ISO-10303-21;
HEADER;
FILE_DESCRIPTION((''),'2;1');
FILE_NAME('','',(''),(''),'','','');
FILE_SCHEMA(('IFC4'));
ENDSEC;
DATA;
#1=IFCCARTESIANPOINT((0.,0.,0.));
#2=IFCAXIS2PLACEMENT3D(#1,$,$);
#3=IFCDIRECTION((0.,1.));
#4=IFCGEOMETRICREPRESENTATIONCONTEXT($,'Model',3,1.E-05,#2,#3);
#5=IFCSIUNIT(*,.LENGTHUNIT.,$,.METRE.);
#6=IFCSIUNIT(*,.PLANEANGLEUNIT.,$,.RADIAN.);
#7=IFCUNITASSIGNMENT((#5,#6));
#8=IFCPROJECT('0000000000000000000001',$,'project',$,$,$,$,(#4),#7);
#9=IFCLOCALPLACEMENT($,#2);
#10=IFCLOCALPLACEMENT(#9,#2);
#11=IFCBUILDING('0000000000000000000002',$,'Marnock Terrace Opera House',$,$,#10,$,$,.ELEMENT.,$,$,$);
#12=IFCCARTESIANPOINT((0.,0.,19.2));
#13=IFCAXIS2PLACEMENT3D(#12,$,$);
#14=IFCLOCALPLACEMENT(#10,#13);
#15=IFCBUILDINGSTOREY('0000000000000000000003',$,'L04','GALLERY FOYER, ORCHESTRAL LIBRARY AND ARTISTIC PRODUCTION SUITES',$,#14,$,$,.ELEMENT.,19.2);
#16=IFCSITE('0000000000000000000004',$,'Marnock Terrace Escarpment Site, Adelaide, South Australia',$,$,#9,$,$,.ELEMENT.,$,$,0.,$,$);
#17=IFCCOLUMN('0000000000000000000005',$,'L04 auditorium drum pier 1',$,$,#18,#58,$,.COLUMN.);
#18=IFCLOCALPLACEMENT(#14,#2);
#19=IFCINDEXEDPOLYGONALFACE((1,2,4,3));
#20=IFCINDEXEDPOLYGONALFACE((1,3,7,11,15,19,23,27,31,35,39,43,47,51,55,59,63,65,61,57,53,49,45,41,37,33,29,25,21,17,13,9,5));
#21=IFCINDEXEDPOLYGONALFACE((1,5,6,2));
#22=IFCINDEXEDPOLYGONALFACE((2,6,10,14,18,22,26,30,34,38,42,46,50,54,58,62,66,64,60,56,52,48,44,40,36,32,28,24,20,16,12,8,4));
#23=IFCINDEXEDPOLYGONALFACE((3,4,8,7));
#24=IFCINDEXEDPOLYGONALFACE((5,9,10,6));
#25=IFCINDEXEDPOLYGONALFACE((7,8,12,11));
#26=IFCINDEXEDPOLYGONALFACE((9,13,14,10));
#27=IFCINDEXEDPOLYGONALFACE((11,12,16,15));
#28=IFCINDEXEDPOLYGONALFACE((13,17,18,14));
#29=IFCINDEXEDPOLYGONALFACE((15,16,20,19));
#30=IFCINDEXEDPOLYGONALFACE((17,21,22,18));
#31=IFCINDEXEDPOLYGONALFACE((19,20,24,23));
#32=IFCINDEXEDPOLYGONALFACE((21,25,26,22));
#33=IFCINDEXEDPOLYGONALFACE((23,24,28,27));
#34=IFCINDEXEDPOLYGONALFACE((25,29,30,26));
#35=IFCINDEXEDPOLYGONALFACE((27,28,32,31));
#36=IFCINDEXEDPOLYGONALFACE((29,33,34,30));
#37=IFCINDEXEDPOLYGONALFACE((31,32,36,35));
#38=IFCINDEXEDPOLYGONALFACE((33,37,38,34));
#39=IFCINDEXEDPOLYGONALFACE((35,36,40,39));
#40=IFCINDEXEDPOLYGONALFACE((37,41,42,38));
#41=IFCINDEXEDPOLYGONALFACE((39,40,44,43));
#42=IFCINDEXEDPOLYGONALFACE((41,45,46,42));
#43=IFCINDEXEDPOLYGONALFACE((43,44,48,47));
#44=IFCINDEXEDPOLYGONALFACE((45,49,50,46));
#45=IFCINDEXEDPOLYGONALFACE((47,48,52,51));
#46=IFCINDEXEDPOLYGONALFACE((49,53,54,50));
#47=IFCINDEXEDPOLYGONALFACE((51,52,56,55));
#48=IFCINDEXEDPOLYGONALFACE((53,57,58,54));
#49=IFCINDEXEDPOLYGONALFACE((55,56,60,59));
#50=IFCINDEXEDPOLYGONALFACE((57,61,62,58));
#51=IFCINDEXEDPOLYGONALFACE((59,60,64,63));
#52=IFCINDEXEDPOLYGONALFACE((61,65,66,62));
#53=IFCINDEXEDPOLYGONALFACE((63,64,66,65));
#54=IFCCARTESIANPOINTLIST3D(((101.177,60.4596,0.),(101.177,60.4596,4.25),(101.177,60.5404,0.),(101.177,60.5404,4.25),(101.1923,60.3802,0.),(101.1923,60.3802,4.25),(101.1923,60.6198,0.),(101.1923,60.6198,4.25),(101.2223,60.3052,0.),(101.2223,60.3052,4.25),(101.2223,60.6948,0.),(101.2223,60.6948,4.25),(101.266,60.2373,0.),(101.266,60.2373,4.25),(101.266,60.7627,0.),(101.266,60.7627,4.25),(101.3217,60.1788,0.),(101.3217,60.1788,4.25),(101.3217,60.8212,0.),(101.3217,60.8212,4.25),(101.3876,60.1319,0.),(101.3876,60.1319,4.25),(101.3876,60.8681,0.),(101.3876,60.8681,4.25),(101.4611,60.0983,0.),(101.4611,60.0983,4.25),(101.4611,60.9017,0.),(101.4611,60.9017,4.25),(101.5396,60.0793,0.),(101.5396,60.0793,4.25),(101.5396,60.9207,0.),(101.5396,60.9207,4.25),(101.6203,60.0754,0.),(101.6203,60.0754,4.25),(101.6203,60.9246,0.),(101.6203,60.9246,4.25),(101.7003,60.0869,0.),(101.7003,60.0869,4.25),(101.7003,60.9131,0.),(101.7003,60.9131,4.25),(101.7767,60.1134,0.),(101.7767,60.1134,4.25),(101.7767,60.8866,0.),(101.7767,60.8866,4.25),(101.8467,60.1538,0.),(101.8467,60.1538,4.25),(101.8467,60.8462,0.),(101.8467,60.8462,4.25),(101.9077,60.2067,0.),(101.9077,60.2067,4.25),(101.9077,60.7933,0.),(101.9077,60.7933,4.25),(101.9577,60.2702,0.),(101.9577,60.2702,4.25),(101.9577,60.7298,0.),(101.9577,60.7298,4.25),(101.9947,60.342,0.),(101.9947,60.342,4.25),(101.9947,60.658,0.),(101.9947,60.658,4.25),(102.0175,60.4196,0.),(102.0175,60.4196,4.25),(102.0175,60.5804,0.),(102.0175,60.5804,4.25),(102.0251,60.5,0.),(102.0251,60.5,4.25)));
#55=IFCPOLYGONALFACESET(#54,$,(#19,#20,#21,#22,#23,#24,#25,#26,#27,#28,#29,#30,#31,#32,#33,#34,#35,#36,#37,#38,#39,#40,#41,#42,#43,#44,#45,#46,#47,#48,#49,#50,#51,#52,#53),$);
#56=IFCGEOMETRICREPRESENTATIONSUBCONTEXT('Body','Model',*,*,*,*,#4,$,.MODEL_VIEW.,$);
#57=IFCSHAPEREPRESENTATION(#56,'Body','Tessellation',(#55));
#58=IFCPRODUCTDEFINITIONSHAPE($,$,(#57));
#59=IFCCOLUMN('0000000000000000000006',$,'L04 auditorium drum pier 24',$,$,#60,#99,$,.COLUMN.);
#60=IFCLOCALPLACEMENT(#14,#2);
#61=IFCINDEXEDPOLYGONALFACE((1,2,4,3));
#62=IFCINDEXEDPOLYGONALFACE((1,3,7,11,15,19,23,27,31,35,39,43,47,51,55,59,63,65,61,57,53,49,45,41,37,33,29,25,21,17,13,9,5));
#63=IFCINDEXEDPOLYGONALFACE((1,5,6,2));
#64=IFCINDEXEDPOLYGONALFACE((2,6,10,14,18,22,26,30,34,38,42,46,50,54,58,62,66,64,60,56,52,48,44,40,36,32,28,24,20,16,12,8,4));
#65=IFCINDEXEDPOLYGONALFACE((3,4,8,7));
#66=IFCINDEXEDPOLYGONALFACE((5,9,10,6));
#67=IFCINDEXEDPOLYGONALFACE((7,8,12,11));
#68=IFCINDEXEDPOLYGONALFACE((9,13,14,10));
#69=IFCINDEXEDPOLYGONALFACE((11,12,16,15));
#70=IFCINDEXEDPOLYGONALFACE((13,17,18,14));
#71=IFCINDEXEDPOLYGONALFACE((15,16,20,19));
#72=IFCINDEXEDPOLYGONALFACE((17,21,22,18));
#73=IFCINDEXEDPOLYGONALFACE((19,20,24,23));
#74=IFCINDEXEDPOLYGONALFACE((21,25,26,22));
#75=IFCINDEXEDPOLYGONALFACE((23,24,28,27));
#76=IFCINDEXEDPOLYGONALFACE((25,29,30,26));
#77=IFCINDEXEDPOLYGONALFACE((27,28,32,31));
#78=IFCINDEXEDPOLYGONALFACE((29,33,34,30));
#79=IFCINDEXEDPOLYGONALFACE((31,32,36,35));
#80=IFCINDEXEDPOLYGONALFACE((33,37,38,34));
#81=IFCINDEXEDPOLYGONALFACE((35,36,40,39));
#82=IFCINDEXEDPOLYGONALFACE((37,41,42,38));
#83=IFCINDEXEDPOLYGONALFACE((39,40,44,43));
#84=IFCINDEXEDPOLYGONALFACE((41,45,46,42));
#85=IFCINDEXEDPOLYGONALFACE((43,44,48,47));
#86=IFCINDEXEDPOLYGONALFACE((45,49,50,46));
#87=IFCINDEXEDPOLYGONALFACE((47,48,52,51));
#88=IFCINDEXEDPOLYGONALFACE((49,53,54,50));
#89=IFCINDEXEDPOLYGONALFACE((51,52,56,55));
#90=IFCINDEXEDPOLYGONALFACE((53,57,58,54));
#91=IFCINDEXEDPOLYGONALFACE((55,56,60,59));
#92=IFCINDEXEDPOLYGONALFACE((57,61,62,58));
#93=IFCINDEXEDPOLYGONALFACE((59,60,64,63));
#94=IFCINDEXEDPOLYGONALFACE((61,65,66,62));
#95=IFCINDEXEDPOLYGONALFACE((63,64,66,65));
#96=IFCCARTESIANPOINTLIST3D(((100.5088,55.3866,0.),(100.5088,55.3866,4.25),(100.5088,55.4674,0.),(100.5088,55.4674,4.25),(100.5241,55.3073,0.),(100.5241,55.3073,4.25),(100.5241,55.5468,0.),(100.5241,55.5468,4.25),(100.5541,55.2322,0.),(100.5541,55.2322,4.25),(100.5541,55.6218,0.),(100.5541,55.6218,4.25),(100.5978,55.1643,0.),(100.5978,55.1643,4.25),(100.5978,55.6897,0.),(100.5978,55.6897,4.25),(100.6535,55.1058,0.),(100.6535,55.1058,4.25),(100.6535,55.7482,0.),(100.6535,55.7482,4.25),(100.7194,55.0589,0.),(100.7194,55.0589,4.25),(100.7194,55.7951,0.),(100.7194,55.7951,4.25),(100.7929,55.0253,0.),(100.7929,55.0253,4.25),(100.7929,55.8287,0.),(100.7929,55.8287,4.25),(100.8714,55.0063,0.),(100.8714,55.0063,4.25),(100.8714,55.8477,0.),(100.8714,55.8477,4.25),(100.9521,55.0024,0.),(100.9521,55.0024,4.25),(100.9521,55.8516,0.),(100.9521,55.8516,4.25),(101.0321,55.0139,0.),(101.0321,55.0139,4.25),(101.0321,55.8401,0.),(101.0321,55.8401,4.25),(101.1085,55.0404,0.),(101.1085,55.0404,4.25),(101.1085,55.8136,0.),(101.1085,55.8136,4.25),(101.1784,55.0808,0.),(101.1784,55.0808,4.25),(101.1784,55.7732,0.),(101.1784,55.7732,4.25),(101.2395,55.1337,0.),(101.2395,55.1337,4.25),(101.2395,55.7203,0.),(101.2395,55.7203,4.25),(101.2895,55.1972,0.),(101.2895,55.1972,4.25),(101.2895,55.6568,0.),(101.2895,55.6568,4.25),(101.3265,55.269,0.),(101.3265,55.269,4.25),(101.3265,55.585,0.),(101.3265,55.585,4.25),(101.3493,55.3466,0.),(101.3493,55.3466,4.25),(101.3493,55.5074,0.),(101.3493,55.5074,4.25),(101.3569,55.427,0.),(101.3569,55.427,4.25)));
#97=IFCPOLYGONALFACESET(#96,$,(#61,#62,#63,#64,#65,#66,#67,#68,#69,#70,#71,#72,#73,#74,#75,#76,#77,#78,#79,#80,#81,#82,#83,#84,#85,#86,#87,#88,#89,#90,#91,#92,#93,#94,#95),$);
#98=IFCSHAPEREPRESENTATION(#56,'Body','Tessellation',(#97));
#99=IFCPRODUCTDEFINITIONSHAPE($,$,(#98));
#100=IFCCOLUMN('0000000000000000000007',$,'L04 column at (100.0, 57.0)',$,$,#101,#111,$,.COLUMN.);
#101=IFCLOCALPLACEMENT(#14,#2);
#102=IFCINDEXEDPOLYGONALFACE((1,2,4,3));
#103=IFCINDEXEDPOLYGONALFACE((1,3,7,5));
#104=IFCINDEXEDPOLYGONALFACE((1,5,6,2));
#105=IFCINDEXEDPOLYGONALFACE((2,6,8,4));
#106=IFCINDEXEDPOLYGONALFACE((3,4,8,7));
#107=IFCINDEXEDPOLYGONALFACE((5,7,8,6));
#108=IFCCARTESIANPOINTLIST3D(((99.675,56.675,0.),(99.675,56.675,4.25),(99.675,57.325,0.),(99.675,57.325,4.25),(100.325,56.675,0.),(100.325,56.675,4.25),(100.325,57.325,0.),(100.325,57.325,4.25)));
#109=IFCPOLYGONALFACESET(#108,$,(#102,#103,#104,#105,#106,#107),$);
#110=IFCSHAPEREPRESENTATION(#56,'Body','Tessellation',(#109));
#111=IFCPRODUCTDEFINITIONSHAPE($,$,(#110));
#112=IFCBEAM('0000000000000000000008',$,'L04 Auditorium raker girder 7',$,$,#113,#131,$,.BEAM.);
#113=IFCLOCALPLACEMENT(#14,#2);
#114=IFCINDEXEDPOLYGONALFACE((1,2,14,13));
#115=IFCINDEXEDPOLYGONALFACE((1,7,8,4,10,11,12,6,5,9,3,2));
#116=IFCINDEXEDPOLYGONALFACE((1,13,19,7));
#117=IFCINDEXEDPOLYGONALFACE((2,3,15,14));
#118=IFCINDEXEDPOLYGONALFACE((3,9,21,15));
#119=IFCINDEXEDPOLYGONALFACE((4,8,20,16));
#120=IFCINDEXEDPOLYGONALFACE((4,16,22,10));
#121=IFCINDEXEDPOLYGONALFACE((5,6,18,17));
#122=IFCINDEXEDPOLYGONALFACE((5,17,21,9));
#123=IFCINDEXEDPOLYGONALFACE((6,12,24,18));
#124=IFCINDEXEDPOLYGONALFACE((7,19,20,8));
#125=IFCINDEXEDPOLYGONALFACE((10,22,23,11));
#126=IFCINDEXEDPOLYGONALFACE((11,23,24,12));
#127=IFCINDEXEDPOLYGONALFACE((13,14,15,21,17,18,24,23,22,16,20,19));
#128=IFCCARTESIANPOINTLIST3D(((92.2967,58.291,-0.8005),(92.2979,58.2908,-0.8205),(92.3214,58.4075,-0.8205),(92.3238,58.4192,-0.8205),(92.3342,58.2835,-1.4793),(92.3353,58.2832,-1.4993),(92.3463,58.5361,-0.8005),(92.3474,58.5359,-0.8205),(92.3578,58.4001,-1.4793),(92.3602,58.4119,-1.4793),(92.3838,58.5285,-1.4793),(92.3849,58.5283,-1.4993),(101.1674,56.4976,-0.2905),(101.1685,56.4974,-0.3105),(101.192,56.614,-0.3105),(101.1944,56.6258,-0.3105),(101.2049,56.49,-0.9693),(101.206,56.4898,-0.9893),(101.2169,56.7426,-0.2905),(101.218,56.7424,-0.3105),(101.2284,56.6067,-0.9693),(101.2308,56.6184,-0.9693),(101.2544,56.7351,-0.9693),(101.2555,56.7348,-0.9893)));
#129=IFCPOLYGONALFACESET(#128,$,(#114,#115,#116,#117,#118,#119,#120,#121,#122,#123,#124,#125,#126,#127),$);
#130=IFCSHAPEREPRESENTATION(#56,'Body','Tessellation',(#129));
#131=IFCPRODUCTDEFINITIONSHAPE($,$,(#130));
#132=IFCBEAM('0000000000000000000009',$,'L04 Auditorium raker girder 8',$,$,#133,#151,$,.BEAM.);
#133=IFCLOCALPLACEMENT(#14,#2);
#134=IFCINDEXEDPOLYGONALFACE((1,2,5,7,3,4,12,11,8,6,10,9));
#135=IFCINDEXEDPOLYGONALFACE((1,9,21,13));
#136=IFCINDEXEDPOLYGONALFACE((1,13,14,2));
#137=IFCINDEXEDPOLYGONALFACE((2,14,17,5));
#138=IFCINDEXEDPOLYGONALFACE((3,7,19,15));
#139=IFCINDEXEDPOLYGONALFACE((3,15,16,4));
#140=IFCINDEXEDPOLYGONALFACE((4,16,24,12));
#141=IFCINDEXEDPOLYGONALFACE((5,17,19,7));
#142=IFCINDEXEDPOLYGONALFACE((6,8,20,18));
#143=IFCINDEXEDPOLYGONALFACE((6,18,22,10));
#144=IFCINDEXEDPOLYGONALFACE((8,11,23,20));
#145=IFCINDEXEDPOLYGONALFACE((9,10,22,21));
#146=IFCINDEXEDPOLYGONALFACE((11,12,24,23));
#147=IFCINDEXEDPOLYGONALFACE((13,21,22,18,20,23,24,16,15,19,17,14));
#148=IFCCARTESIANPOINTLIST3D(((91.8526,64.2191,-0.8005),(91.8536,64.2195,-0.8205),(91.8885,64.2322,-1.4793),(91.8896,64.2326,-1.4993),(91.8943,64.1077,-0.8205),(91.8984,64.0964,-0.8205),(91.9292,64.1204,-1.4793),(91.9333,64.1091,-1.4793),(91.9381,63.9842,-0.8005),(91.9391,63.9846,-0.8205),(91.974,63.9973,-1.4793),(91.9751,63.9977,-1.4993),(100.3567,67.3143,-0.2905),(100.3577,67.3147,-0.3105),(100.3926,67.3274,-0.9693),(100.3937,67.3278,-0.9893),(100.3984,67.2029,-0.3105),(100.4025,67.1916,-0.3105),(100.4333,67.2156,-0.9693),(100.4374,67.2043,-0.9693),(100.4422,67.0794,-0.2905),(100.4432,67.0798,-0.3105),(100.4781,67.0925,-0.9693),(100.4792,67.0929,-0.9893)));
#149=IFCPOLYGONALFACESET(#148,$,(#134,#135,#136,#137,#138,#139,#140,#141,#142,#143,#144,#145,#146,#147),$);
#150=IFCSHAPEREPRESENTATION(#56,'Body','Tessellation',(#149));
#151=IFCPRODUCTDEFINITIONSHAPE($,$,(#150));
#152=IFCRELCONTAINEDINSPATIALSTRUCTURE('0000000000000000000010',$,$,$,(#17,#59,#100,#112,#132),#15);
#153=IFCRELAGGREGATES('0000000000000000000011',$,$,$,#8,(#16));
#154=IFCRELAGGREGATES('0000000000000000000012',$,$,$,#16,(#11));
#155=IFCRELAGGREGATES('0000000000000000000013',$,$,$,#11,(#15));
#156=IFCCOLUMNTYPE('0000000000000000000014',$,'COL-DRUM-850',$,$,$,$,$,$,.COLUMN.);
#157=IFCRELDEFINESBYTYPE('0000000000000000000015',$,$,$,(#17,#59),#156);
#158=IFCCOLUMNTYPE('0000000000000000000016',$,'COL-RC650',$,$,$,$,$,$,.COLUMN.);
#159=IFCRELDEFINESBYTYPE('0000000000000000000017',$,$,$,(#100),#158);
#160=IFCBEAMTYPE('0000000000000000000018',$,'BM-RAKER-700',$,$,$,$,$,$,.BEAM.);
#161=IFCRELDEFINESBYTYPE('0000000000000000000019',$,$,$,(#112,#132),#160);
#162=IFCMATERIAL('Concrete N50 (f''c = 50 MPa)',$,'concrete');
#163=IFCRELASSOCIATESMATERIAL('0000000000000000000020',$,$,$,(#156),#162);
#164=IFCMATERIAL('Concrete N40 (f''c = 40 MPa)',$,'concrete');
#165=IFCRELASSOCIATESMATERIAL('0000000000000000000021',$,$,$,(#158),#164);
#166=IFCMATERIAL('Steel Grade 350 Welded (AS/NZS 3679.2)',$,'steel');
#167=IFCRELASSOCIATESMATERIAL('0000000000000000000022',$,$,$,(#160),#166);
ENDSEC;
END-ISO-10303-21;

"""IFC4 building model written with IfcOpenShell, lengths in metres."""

from ifc_helpers import new_model, si_unit, direction, frame, origin, origin_2d, place, context, subcontext, project, spatial, rectangle, circle, i_section, extrude, material, material_profile, profile_set, type_object, element, save


model = new_model("IFC4")

# Units and contexts
model_context = context("Model", 3, precision=1e-05, world=origin(), true_north=direction((0.0, 1.0)))
body_context = subcontext(model_context, "Body", "Model", "MODEL_VIEW")
ifc_project = project(units=[si_unit("LENGTHUNIT", "METRE"), si_unit("PLANEANGLEUNIT", "RADIAN")], contexts=[model_context])

# Site, building, storey
site_placement = place(None, origin())
site = spatial("IfcSite", under=ifc_project, at=site_placement, Name="Marnock Terrace Escarpment Site, Adelaide, South Australia", CompositionType="ELEMENT", RefElevation=0.0)
building_placement = place(site_placement, origin())
building = spatial("IfcBuilding", under=site, at=building_placement, Name="Marnock Terrace Opera House", CompositionType="ELEMENT")
storey_placement = place(building_placement, frame((0.0, 0.0, 19.2)))
storey = spatial("IfcBuildingStorey", under=building, at=storey_placement, Name="L04", Description="GALLERY FOYER, ORCHESTRAL LIBRARY AND ARTISTIC PRODUCTION SUITES", CompositionType="ELEMENT", Elevation=19.2)

# Columns
ifc_material_1 = material(Name="Concrete N50 (f'c = 50 MPa)", Category="concrete")
ifc_material_profile_1 = material_profile(ifc_material_1, circle(Radius=0.425, at=origin_2d()))
ifc_profile_set_1 = profile_set([ifc_material_profile_1], Name="Concrete N50 (f'c = 50 MPa)")
column_type_1 = type_object("IfcColumnType", Name="COL-DRUM-850", PredefinedType="COLUMN", material=ifc_profile_set_1)
for number, where, z_axis, x_axis, name in (
    (1, (101.6001, 60.5, 0.0), (0.0, 0.0, 1.0), (1.0, 0.0, 0.0), "L04 auditorium drum pier 1"),
    (2, (100.9319, 55.427, 0.0), (0.0, 0.0, 1.0), (1.0, 0.0, 0.0), "L04 auditorium drum pier 24"),
):
    element("IfcColumn", number, at=place(storey_placement, frame(where, z_axis=z_axis, x_axis=x_axis)), inside=storey, type_object=column_type_1, Name=name, PredefinedType="COLUMN", context=body_context, shape_type="SweptSolid", body=[
        extrude(circle(Radius=0.425, at=origin_2d()), origin(), (0.0, 0.0, 1.0), 4.25),
    ])
ifc_material_2 = material(Name="Concrete N40 (f'c = 40 MPa)", Category="concrete")
ifc_material_profile_2 = material_profile(ifc_material_2, rectangle(XDim=0.6499, YDim=0.6499, at=origin_2d()))
ifc_profile_set_2 = profile_set([ifc_material_profile_2], Name="Concrete N40 (f'c = 40 MPa)")
column_type_2 = type_object("IfcColumnType", Name="COL-RC650", PredefinedType="COLUMN", material=ifc_profile_set_2)
column_placement = place(storey_placement, frame((100.0, 57.0, 0.0), z_axis=(0.0, 0.0, 1.0), x_axis=(1.0, 0.0, 0.0)))
element("IfcColumn", 3, at=column_placement, inside=storey, type_object=column_type_2, Name="L04 column at (100.0, 57.0)", PredefinedType="COLUMN", context=body_context, shape_type="SweptSolid", body=[
    extrude(rectangle(XDim=0.6499, YDim=0.6499, at=origin_2d()), origin(), (0.0, 0.0, 1.0), 4.25),
])

# Beams
ifc_material_3 = material(Name="Steel Grade 350 Welded (AS/NZS 3679.2)", Category="steel")
ifc_material_profile_3 = material_profile(ifc_material_3, i_section(OverallWidth=0.25, OverallDepth=0.7, WebThickness=0.012, FlangeThickness=0.02, at=origin_2d()))
ifc_profile_set_3 = profile_set([ifc_material_profile_3], Name="Steel Grade 350 Welded (AS/NZS 3679.2)")
beam_type = type_object("IfcBeamType", Name="BM-RAKER-700", PredefinedType="BEAM", material=ifc_profile_set_3)
beam_1_placement = place(storey_placement, frame((92.3408, 58.4097, -1.1499), z_axis=(0.978615, -0.197856, 0.056265), x_axis=(0.19817, 0.980168, 0.0)))
element("IfcBeam", 4, at=beam_1_placement, inside=storey, type_object=beam_type, Name="L04 Auditorium raker girder 7", PredefinedType="BEAM", context=body_context, shape_type="SweptSolid", body=[
    extrude(i_section(OverallWidth=0.25, OverallDepth=0.7, WebThickness=0.012, FlangeThickness=0.02, at=origin_2d()), origin(), (0.0, 0.0, 1.0), 9.0645),
])
beam_2_placement = place(storey_placement, frame((91.9138, 64.1084, -1.1499), z_axis=(0.938205, 0.341474, 0.056266), x_axis=(-0.342016, 0.939694, 0.0)))
element("IfcBeam", 5, at=beam_2_placement, inside=storey, type_object=beam_type, Name="L04 Auditorium raker girder 8", PredefinedType="BEAM", context=body_context, shape_type="SweptSolid", body=[
    extrude(i_section(OverallWidth=0.25, OverallDepth=0.7, WebThickness=0.012, FlangeThickness=0.02, at=origin_2d()), origin(), (0.0, 0.0, 1.0), 9.0642),
])

save(model, "model.ifc")
